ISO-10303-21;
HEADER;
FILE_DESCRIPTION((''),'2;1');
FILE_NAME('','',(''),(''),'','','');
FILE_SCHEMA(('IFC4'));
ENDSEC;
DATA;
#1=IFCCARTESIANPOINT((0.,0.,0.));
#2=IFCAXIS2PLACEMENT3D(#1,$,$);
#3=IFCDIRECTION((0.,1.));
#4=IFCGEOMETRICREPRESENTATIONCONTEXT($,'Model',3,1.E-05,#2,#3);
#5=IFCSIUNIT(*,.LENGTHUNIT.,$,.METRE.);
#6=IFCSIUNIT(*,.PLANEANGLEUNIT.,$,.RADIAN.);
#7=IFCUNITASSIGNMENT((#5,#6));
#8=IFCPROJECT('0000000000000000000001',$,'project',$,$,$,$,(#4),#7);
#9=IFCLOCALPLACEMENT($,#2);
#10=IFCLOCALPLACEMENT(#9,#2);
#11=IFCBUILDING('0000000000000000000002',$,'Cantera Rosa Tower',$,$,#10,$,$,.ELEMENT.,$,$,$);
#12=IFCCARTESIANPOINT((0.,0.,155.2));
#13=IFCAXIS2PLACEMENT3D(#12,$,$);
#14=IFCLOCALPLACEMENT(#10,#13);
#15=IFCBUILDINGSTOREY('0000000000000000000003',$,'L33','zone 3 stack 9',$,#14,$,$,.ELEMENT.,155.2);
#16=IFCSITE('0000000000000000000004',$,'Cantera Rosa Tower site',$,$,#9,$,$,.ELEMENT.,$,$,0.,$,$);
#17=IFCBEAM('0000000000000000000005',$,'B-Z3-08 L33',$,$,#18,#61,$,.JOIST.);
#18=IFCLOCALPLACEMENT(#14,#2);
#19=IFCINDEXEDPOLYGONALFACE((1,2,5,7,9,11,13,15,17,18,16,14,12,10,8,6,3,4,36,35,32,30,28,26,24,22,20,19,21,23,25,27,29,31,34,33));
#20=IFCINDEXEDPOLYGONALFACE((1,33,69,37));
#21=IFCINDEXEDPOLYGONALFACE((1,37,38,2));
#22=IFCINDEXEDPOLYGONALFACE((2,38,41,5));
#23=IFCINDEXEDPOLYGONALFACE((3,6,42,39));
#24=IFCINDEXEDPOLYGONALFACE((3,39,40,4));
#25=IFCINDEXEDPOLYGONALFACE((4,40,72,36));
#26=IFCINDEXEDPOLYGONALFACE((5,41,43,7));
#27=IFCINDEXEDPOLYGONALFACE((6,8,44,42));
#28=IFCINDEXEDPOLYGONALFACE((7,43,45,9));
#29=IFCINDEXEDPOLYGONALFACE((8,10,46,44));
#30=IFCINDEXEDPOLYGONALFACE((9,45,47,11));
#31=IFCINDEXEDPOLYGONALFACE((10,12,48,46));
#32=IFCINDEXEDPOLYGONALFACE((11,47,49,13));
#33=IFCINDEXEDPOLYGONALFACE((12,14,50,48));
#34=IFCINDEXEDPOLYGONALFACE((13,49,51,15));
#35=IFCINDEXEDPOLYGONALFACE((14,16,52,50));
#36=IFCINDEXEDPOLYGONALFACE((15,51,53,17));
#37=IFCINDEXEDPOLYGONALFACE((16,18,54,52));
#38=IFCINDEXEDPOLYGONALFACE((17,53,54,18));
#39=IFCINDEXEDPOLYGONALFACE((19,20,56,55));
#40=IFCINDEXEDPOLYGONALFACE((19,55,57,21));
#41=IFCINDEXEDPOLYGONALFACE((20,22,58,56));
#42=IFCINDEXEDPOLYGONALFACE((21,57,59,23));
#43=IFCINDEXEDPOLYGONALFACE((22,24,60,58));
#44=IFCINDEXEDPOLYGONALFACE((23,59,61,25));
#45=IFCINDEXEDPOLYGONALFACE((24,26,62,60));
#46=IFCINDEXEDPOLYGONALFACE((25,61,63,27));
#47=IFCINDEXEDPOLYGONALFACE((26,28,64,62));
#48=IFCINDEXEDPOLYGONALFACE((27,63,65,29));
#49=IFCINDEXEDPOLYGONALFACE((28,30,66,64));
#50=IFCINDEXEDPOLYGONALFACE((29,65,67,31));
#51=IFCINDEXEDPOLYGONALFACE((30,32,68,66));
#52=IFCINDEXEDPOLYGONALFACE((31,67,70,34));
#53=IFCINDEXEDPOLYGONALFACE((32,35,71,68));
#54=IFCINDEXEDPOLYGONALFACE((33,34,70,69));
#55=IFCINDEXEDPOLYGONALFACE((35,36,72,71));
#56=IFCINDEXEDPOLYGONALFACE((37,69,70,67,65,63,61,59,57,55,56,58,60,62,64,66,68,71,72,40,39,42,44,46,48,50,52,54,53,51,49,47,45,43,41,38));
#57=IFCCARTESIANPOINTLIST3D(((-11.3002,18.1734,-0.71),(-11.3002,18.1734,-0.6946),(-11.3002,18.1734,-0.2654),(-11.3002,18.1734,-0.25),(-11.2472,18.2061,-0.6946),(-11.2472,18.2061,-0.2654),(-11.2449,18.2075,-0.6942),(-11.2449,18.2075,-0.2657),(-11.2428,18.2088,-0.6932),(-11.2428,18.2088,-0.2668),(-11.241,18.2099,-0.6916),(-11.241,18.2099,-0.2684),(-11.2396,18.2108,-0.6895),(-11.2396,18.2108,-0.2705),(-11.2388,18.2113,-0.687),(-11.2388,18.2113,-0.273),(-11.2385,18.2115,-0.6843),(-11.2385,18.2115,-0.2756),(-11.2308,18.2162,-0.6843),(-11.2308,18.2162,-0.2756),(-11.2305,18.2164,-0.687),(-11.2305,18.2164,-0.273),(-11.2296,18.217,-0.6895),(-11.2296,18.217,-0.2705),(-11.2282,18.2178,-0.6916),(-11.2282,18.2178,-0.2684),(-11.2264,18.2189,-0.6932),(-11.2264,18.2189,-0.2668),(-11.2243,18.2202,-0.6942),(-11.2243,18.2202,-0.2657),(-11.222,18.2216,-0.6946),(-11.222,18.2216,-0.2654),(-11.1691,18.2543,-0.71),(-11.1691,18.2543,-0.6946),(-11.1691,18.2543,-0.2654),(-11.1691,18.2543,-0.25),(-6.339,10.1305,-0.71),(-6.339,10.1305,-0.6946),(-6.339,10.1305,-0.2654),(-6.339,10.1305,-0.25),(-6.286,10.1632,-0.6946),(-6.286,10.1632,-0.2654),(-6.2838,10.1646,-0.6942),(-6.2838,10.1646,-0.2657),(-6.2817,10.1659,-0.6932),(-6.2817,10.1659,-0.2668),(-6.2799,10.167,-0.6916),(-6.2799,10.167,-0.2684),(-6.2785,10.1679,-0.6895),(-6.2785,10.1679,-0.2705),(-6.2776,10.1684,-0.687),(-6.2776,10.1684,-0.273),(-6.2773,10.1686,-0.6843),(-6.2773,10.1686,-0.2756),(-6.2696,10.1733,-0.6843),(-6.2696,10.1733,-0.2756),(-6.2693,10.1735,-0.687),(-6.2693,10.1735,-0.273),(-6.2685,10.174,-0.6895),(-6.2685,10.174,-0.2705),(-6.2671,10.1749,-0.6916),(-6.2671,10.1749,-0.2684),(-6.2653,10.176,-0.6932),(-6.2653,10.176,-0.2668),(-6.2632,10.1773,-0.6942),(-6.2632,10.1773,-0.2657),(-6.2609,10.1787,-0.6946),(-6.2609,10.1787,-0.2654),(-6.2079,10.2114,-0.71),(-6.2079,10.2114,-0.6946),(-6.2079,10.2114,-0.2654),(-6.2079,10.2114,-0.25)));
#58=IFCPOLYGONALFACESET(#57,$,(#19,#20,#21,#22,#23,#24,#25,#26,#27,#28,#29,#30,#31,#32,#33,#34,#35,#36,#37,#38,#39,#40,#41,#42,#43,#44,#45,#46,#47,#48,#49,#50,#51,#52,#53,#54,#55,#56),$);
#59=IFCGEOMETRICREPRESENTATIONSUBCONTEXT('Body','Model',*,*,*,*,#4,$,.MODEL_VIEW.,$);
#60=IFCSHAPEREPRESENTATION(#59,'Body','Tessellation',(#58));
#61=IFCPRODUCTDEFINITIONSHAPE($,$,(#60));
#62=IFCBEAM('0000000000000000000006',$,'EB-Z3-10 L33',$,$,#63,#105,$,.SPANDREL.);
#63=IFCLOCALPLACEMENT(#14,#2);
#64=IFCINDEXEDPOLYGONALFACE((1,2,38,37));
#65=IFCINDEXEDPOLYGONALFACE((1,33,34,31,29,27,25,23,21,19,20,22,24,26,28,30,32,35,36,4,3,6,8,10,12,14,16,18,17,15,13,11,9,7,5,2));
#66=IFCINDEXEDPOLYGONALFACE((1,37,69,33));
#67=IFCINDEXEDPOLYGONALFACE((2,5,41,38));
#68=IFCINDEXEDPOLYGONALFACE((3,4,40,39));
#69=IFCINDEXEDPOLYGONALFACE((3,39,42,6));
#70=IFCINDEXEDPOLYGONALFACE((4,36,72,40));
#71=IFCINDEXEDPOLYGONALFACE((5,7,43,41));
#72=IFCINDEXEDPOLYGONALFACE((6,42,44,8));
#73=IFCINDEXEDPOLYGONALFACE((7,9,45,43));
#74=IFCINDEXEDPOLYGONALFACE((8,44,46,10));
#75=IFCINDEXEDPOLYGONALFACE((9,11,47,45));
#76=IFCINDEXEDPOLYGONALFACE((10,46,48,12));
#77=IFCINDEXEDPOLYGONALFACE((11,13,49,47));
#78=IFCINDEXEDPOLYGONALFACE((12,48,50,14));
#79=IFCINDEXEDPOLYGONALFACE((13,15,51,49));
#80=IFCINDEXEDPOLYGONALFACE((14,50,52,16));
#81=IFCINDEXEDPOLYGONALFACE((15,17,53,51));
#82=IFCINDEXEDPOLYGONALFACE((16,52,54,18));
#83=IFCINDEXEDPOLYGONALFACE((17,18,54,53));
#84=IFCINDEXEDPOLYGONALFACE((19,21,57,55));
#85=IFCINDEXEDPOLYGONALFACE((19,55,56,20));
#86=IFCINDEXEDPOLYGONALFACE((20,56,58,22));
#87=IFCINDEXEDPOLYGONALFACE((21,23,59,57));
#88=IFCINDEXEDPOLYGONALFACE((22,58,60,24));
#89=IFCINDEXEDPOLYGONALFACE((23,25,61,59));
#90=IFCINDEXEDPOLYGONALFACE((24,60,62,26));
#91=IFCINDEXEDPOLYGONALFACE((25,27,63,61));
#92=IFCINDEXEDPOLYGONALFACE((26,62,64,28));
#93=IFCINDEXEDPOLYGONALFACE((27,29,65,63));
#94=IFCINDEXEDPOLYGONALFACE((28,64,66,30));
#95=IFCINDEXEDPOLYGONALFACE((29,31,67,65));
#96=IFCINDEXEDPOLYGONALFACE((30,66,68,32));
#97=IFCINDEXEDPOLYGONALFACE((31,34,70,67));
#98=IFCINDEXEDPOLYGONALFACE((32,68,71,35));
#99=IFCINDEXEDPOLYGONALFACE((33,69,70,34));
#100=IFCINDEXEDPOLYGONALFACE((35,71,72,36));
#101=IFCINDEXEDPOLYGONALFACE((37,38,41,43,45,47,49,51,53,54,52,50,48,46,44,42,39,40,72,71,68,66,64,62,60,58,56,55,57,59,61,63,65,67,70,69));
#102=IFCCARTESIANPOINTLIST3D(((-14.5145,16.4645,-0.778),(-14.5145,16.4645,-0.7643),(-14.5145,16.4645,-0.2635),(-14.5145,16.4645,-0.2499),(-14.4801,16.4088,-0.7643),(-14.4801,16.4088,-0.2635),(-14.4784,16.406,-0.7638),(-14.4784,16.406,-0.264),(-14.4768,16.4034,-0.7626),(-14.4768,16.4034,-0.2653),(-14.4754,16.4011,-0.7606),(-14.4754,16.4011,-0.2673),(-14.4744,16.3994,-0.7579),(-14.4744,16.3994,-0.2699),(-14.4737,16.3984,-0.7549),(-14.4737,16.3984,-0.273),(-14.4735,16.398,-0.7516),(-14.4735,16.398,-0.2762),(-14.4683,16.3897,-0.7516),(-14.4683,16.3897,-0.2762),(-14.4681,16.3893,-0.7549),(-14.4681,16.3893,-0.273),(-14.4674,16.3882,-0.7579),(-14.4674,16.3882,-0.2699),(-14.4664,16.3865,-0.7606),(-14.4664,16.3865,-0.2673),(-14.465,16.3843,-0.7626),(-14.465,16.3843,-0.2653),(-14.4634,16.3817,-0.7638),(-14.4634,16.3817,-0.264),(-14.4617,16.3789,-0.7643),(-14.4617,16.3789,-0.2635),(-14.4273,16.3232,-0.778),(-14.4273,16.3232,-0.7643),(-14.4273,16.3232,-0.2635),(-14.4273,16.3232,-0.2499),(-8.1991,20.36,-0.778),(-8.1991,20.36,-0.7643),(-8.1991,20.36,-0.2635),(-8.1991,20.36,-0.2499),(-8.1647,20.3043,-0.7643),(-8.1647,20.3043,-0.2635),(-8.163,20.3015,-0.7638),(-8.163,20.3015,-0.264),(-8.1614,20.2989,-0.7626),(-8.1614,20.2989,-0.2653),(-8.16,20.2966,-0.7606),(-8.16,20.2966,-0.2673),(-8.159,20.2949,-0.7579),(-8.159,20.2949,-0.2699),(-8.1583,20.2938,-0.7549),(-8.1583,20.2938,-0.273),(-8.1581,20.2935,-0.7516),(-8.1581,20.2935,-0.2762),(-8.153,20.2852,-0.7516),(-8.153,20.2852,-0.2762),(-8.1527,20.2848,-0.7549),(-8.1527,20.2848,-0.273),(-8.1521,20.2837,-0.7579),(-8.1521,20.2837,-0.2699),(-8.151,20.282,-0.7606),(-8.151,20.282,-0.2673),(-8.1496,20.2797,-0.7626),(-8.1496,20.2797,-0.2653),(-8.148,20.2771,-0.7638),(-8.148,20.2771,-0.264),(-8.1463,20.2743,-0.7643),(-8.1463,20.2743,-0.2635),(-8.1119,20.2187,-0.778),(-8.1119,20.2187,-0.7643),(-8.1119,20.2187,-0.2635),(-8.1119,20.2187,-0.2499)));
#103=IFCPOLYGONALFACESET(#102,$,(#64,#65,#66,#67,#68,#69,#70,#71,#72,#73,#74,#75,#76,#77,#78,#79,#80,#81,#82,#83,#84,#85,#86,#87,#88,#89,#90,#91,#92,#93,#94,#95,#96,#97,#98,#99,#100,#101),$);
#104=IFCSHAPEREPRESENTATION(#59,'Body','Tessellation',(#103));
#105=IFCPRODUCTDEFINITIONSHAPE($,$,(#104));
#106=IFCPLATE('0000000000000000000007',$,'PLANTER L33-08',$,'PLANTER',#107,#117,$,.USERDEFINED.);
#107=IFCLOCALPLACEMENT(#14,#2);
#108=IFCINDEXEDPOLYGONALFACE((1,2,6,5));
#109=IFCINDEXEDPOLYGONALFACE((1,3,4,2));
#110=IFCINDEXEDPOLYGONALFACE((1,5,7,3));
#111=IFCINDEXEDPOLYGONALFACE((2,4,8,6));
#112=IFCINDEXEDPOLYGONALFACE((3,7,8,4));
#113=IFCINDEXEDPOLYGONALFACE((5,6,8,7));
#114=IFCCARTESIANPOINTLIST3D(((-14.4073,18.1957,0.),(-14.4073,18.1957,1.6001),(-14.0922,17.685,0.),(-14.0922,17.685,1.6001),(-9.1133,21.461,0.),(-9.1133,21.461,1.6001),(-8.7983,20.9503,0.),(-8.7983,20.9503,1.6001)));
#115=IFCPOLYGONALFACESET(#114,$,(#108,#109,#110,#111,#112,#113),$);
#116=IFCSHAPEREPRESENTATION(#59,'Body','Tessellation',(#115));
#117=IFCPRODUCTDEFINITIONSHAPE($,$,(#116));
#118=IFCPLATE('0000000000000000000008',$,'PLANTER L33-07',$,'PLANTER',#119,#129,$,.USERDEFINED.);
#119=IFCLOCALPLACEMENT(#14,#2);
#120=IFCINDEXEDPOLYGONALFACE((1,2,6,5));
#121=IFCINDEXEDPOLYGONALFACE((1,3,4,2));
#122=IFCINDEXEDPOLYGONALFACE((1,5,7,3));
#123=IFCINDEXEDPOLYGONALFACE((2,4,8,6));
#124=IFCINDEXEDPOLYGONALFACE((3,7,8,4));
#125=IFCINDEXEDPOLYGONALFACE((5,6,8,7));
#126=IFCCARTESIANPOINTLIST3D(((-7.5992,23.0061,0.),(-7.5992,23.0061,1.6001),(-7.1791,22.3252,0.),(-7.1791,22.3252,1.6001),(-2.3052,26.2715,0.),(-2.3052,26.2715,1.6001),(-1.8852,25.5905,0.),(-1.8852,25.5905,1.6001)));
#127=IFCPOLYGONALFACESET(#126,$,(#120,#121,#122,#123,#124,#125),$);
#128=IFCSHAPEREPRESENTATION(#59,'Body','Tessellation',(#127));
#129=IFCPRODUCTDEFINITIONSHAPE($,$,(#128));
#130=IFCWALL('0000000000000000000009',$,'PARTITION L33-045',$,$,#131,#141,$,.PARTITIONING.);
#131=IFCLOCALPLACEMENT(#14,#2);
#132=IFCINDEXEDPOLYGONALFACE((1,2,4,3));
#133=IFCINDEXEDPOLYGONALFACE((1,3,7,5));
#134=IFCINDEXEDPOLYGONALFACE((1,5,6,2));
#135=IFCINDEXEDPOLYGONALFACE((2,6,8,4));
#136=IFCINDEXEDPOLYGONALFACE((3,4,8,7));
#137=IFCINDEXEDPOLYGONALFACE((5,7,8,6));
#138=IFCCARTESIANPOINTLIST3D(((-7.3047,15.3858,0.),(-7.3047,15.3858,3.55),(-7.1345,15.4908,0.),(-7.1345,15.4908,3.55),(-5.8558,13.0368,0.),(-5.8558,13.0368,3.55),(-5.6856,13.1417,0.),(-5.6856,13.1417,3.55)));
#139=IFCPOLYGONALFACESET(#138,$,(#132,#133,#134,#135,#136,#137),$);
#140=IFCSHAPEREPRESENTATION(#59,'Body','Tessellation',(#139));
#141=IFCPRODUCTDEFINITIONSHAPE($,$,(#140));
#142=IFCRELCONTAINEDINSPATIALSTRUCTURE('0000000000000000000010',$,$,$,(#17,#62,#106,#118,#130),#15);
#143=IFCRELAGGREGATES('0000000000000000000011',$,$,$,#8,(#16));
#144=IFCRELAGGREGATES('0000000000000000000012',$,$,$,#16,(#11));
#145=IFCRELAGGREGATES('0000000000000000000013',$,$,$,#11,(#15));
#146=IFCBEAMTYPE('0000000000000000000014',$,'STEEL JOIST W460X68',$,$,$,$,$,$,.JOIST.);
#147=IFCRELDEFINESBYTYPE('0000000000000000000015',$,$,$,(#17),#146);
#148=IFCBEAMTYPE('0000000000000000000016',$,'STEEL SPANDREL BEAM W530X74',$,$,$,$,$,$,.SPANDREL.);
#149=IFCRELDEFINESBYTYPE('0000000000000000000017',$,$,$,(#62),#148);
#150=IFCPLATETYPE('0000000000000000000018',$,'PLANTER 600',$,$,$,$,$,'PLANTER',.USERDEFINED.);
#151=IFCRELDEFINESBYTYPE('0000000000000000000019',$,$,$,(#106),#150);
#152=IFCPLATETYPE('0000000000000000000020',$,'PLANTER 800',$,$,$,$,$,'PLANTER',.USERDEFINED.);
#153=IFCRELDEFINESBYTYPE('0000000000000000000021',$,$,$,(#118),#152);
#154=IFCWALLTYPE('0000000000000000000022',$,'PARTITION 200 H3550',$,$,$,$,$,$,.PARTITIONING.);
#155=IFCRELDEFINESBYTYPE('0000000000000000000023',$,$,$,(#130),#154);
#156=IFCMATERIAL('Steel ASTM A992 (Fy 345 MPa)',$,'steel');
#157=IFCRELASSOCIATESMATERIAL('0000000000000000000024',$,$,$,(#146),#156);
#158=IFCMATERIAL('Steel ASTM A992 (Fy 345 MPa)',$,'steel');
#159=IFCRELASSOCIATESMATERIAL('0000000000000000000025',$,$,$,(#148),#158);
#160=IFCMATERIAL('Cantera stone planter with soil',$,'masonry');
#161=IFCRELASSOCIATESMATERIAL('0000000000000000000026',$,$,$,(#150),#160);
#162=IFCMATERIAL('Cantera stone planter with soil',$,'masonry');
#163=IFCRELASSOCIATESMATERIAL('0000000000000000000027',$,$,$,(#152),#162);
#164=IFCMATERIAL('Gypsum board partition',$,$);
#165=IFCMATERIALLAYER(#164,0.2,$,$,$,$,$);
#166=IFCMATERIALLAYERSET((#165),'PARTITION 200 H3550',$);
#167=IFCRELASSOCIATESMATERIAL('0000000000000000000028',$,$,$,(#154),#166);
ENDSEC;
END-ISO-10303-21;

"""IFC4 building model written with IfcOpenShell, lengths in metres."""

from ifc_helpers import new_model, si_unit, direction, frame, frame_2d, origin, origin_2d, place, context, subcontext, project, spatial, rectangle, i_section, extrude, material, layer, layer_set, material_profile, profile_set, type_object, element, save


model = new_model("IFC4")

# Units and contexts
model_context = context("Model", 3, precision=1e-05, world=origin(), true_north=direction((0.0, 1.0)))
body_context = subcontext(model_context, "Body", "Model", "MODEL_VIEW")
ifc_project = project(units=[si_unit("LENGTHUNIT", "METRE"), si_unit("PLANEANGLEUNIT", "RADIAN")], contexts=[model_context])

# Site, building, storey
site_placement = place(None, origin())
site = spatial("IfcSite", under=ifc_project, at=site_placement, Name="Cantera Rosa Tower site", CompositionType="ELEMENT", RefElevation=0.0)
building_placement = place(site_placement, origin())
building = spatial("IfcBuilding", under=site, at=building_placement, Name="Cantera Rosa Tower", CompositionType="ELEMENT")
storey_placement = place(building_placement, frame((0.0, 0.0, 155.2)))
storey = spatial("IfcBuildingStorey", under=building, at=storey_placement, Name="L33", Description="zone 3 stack 9", CompositionType="ELEMENT", Elevation=155.2)

# Beams
ifc_material_1 = material(Name="Steel ASTM A992 (Fy 345 MPa)", Category="steel")
ifc_material_profile_1 = material_profile(ifc_material_1, i_section(OverallWidth=0.1541, OverallDepth=0.46, WebThickness=0.009, FlangeThickness=0.0154, FilletRadius=0.0103, at=origin_2d()), Name="W460X68")
ifc_profile_set_1 = profile_set([ifc_material_profile_1], Name="Steel ASTM A992 (Fy 345 MPa)")
beam_type_1 = type_object("IfcBeamType", Name="STEEL JOIST W460X68", PredefinedType="JOIST", material=ifc_profile_set_1)
beam_1_placement = place(storey_placement, frame((-11.2346, 18.2139, -0.48), z_axis=(0.524992, -0.851107, 0.0), x_axis=(0.851107, 0.524992, 0.0)))
element("IfcBeam", 1, at=beam_1_placement, inside=storey, type_object=beam_type_1, Name="B-Z3-08 L33", PredefinedType="JOIST", context=body_context, shape_type="SweptSolid", body=[
    extrude(i_section(OverallWidth=0.1541, OverallDepth=0.46, WebThickness=0.009, FlangeThickness=0.0154, FilletRadius=0.0103, at=origin_2d()), origin(), (0.0, 0.0, 1.0), 9.45),
])
ifc_material_2 = material(Name="Steel ASTM A992 (Fy 345 MPa)", Category="steel")
ifc_material_profile_2 = material_profile(ifc_material_2, i_section(OverallWidth=0.166, OverallDepth=0.5281, WebThickness=0.0098, FlangeThickness=0.0137, FilletRadius=0.0127, at=origin_2d()), Name="W530X74")
ifc_profile_set_2 = profile_set([ifc_material_profile_2], Name="Steel ASTM A992 (Fy 345 MPa)")
beam_type_2 = type_object("IfcBeamType", Name="STEEL SPANDREL BEAM W530X74", PredefinedType="SPANDREL", material=ifc_profile_set_2)
beam_2_placement = place(storey_placement, frame((-8.1555, 20.2893, -0.5139), z_axis=(-0.851111, -0.524986, 0.0), x_axis=(0.524986, -0.851111, 0.0)))
element("IfcBeam", 2, at=beam_2_placement, inside=storey, type_object=beam_type_2, Name="EB-Z3-10 L33", PredefinedType="SPANDREL", context=body_context, shape_type="SweptSolid", body=[
    extrude(i_section(OverallWidth=0.166, OverallDepth=0.5281, WebThickness=0.0098, FlangeThickness=0.0137, FilletRadius=0.0127, at=origin_2d()), origin(), (0.0, 0.0, 1.0), 7.4202),
])

# Plates
ifc_material_3 = material(Name="Cantera stone planter with soil", Category="masonry")
plate_type_1 = type_object("IfcPlateType", Name="PLANTER 600", ElementType="PLANTER", PredefinedType="USERDEFINED", material=ifc_material_3)
plate_1_placement = place(storey_placement, frame((-11.6028, 19.573, 0.0), z_axis=(0.0, 0.0, 1.0), x_axis=(-0.851117, -0.524977, 0.0)))
element("IfcPlate", 3, at=plate_1_placement, inside=storey, type_object=plate_type_1, Name="PLANTER L33-08", ObjectType="PLANTER", PredefinedType="USERDEFINED", context=body_context, shape_type="SweptSolid", body=[
    extrude(rectangle(XDim=6.22, YDim=0.6001, at=origin_2d()), origin(), (0.0, 0.0, 1.0), 1.6001),
])
ifc_material_4 = material(Name="Cantera stone planter with soil", Category="masonry")
plate_type_2 = type_object("IfcPlateType", Name="PLANTER 800", ElementType="PLANTER", PredefinedType="USERDEFINED", material=ifc_material_4)
plate_2_placement = place(storey_placement, frame((-4.7422, 24.2983, 0.0), z_axis=(0.0, 0.0, 1.0), x_axis=(-0.851117, -0.524977, 0.0)))
element("IfcPlate", 4, at=plate_2_placement, inside=storey, type_object=plate_type_2, Name="PLANTER L33-07", ObjectType="PLANTER", PredefinedType="USERDEFINED", context=body_context, shape_type="SweptSolid", body=[
    extrude(rectangle(XDim=6.22, YDim=0.8, at=origin_2d()), origin(), (0.0, 0.0, 1.0), 1.6001),
])

# Wall
ifc_material_5 = material(Name="Gypsum board partition")
ifc_layer_1 = layer(ifc_material_5, 0.2)
ifc_layer_set_1 = layer_set([ifc_layer_1], Name="PARTITION 200 H3550")
wall_type_1 = type_object("IfcWallType", Name="PARTITION 200 H3550", PredefinedType="PARTITIONING", material=ifc_layer_set_1)
wall_1_placement = place(storey_placement, frame((-5.7708, 13.0894, 0.0), z_axis=(0.0, 0.0, 1.0), x_axis=(-0.524981, 0.851114, 0.0)))
element("IfcWall", 5, at=wall_1_placement, inside=storey, type_object=wall_type_1, Name="PARTITION L33-045", PredefinedType="PARTITIONING", context=body_context, shape_type="SweptSolid", body=[
    extrude(rectangle(XDim=2.76, YDim=0.2, at=frame_2d((1.3799, 0.0))), origin(), (0.0, 0.0, 1.0), 3.55),
])

save(model, "model.ifc")
